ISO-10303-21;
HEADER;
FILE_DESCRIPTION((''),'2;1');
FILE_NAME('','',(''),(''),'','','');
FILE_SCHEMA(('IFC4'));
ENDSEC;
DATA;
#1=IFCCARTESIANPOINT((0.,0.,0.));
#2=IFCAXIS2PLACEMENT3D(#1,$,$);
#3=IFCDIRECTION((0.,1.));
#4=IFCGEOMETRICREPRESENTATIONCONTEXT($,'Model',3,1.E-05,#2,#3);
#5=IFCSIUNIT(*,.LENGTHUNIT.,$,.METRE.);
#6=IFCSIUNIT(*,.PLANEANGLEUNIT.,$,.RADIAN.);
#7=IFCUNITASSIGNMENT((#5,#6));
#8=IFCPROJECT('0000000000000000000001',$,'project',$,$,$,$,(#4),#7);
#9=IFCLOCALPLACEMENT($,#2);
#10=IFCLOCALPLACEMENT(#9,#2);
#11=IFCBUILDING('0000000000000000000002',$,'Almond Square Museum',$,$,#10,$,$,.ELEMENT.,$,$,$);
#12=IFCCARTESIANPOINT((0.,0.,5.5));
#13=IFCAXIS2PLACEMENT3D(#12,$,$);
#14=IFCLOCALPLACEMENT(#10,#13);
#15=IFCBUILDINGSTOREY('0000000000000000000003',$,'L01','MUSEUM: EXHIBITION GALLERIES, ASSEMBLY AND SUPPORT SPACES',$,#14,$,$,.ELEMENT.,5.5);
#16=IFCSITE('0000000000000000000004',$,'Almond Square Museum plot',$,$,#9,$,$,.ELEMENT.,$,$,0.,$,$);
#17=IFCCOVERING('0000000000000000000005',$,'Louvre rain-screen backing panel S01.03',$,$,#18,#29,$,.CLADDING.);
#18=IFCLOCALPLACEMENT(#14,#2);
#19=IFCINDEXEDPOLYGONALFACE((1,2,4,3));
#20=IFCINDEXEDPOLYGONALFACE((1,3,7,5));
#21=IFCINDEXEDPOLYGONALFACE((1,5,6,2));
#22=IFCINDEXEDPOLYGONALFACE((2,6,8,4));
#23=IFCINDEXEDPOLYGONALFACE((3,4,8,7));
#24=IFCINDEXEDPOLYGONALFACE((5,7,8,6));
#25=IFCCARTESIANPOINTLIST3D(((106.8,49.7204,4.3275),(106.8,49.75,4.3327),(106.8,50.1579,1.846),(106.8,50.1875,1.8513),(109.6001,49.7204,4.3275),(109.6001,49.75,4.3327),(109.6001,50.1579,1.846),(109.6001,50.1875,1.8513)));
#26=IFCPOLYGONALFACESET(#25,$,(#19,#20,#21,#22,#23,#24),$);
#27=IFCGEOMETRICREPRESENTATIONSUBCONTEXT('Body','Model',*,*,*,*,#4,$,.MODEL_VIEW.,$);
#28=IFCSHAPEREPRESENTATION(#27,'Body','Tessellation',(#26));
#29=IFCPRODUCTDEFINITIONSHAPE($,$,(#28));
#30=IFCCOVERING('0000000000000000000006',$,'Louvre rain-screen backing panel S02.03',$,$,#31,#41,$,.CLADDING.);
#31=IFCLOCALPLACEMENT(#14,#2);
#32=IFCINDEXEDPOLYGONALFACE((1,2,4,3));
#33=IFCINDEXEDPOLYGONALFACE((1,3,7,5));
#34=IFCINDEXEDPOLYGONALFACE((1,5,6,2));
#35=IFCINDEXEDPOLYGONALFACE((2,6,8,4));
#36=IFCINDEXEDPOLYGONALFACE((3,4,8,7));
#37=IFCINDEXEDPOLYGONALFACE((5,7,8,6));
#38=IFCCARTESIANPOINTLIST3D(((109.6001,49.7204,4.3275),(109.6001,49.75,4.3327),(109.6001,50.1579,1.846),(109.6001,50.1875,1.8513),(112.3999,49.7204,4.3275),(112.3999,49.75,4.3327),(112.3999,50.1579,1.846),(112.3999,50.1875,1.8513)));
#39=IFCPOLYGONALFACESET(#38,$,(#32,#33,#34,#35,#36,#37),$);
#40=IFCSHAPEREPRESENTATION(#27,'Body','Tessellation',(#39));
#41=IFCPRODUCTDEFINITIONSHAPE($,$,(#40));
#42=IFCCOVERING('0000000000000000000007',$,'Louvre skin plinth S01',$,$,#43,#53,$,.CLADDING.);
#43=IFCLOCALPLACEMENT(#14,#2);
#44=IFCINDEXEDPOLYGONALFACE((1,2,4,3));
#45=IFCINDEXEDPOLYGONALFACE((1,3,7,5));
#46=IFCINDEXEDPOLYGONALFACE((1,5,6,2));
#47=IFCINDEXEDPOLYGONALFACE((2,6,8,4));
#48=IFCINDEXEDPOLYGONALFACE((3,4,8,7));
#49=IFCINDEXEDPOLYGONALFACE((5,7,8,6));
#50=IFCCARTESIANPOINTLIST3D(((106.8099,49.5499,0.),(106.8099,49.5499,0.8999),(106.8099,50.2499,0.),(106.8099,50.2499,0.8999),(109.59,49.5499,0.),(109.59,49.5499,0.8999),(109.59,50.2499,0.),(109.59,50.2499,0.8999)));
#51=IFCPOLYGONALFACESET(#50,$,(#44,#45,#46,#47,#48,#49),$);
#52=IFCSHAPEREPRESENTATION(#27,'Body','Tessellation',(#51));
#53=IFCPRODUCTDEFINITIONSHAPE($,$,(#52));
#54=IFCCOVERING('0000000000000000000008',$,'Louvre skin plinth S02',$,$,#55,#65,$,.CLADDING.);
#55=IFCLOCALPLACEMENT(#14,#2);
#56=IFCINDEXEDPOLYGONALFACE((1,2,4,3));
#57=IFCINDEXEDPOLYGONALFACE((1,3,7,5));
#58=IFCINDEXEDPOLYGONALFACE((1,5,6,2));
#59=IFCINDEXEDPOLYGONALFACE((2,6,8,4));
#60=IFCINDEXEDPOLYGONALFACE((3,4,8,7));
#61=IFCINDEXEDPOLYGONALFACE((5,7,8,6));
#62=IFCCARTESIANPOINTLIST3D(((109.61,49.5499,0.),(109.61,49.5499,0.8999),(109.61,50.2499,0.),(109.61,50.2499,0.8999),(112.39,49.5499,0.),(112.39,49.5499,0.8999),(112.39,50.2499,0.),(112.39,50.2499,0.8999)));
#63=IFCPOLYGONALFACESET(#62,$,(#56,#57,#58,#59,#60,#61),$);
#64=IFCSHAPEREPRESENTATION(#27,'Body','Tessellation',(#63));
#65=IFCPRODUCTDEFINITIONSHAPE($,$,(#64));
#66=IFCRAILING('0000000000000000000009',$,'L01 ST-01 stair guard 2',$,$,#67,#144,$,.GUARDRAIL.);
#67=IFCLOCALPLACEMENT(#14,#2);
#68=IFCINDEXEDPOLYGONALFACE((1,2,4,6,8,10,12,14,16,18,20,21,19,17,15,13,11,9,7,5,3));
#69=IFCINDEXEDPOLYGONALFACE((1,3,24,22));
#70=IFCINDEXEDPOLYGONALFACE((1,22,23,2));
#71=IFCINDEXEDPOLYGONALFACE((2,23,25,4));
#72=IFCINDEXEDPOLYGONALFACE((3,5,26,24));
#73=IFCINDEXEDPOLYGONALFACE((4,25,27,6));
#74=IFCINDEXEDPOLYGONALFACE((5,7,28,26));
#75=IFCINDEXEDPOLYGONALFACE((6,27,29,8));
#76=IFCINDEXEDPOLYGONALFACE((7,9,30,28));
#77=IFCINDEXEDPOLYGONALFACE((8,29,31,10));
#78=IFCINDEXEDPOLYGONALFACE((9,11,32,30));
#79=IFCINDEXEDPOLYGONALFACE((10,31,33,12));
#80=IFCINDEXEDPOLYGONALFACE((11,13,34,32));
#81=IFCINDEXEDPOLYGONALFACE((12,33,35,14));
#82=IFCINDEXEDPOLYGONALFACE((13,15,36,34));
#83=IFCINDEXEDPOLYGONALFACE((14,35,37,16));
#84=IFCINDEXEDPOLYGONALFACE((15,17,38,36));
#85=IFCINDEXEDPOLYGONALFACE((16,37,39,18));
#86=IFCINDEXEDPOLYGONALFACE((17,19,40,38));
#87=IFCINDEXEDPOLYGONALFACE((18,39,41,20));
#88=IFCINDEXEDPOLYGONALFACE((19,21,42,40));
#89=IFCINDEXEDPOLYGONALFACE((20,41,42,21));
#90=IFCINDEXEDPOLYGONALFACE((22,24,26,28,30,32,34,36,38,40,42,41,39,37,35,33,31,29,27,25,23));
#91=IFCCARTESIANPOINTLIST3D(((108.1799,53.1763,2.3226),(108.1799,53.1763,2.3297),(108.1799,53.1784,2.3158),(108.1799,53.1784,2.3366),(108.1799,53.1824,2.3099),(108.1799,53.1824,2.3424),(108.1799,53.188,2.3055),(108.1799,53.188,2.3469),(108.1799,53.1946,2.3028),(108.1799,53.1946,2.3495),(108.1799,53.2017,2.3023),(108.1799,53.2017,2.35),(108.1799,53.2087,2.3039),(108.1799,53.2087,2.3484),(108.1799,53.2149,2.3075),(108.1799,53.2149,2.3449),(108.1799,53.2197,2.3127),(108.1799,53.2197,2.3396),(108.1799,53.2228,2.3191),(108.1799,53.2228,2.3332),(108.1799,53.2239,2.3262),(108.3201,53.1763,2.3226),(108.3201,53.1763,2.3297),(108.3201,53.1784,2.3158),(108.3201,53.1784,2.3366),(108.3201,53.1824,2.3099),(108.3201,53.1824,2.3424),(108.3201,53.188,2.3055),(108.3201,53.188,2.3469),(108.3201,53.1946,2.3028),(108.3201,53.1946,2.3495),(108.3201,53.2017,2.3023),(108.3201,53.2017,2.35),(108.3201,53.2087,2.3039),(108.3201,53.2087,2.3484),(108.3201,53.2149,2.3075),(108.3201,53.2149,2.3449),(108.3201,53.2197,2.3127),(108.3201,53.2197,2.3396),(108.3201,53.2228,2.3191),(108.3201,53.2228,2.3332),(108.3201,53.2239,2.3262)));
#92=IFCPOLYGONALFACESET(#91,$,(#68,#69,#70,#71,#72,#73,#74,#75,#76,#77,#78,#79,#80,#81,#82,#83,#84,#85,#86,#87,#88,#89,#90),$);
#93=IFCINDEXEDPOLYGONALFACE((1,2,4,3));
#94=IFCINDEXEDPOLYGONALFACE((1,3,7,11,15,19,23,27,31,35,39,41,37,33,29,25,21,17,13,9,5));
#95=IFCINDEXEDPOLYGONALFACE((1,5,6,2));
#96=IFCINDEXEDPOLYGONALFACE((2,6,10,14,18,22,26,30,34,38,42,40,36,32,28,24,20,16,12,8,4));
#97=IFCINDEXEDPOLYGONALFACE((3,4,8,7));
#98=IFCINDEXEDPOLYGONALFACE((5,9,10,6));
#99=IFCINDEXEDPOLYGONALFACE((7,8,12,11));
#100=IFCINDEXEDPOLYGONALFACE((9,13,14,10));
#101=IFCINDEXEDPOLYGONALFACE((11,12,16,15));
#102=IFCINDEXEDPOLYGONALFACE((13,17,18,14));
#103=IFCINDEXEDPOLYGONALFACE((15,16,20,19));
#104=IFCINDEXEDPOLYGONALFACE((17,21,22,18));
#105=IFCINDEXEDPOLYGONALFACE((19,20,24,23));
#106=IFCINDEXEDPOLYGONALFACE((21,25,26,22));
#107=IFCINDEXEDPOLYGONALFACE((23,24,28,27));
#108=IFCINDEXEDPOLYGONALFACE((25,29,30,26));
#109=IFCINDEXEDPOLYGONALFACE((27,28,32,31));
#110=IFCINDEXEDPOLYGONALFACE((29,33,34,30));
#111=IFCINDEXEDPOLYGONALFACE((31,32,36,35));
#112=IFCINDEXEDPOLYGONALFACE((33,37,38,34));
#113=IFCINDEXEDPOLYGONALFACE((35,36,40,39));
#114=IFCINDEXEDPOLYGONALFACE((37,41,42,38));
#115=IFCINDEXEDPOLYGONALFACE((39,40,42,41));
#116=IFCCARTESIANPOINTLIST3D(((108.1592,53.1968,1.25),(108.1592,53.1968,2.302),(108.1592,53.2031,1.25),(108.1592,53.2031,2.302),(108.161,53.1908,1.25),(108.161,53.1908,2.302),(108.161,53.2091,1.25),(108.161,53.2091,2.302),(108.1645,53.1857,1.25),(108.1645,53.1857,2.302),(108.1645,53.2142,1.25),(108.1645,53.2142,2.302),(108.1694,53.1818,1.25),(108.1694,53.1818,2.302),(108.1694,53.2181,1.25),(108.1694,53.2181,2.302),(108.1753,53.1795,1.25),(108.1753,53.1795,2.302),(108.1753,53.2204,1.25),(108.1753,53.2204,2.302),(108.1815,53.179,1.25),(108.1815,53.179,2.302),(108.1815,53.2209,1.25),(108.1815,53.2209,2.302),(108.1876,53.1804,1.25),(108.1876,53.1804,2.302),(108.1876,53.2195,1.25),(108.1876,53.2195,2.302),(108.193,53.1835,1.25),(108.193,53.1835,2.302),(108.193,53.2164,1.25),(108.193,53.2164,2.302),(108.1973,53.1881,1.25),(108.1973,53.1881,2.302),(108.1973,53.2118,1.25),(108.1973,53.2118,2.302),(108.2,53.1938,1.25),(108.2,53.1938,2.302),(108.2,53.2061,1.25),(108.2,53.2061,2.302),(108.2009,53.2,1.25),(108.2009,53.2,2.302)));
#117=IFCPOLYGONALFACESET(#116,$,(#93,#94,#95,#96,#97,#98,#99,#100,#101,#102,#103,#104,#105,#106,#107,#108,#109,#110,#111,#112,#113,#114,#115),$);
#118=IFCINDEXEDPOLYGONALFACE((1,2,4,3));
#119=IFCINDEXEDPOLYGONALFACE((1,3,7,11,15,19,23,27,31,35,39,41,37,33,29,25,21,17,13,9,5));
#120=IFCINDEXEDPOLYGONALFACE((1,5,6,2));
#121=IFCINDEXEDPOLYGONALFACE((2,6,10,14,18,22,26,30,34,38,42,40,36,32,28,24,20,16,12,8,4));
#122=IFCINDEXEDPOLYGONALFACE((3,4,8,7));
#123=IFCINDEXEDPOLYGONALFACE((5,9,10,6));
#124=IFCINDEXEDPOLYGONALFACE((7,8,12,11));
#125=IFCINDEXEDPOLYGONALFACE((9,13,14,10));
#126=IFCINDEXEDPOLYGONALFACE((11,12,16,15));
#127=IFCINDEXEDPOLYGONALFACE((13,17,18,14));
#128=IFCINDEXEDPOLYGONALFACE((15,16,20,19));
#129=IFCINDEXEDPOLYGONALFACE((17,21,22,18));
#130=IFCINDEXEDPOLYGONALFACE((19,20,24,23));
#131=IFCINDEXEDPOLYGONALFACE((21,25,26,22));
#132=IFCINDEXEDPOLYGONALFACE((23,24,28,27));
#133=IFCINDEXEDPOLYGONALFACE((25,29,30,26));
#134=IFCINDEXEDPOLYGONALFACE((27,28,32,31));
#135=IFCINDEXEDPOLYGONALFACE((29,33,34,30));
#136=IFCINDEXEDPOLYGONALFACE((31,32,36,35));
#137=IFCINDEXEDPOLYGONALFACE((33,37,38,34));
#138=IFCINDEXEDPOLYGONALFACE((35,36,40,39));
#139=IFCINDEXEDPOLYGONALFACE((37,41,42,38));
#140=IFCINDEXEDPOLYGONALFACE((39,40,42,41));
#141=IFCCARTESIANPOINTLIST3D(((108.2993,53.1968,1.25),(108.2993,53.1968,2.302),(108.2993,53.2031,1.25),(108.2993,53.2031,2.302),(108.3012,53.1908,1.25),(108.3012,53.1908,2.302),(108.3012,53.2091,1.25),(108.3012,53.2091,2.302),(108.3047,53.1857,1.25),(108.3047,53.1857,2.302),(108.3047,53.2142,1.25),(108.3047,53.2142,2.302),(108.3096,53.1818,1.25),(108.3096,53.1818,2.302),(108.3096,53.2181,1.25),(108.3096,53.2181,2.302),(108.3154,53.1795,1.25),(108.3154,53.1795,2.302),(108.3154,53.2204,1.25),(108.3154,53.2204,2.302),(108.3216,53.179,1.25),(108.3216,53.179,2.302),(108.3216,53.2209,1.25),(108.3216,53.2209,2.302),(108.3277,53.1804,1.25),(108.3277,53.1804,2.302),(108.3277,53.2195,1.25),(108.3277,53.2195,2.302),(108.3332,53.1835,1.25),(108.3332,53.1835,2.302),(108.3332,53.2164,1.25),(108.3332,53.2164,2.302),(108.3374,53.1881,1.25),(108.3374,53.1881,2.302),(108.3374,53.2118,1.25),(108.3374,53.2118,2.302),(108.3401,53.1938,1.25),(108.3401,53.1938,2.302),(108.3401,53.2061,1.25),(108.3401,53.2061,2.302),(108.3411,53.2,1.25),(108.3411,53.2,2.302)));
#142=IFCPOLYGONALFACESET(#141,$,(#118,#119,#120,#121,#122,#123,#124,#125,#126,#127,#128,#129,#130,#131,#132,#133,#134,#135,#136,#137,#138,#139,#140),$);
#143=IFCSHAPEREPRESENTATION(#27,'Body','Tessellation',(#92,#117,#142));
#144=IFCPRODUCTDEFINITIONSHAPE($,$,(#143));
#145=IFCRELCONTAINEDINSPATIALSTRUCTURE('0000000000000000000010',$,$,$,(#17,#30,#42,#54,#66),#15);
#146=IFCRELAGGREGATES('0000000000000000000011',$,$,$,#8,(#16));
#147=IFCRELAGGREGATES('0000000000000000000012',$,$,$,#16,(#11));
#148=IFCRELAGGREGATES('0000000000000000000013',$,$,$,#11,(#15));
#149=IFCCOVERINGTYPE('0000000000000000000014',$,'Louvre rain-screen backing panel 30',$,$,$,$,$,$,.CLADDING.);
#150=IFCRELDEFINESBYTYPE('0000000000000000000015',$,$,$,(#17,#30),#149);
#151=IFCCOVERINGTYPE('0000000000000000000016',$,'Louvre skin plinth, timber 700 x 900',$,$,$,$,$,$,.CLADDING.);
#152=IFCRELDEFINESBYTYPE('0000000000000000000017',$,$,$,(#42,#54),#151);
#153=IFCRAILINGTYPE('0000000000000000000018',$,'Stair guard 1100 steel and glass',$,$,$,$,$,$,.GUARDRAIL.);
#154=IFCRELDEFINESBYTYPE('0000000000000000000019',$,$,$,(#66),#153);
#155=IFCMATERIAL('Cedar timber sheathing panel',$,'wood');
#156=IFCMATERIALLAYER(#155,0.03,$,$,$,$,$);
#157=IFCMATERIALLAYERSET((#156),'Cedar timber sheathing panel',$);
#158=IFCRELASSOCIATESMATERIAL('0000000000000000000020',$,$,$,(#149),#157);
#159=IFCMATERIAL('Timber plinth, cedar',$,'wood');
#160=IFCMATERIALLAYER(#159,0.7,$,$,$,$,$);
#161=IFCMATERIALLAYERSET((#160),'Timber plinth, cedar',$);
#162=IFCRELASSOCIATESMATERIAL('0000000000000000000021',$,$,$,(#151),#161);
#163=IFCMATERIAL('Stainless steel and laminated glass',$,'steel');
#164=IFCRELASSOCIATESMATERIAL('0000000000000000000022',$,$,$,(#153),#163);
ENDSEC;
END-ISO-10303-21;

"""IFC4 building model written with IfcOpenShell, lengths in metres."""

from ifc_helpers import new_model, si_unit, direction, frame, origin, origin_2d, place, context, subcontext, project, spatial, polyline, rectangle, circle, outline, extrude, material, layer, layer_set, type_object, element, save


model = new_model("IFC4")

# Units and contexts
model_context = context("Model", 3, precision=1e-05, world=origin(), true_north=direction((0.0, 1.0)))
body_context = subcontext(model_context, "Body", "Model", "MODEL_VIEW")
ifc_project = project(units=[si_unit("LENGTHUNIT", "METRE"), si_unit("PLANEANGLEUNIT", "RADIAN")], contexts=[model_context])

# Site, building, storey
site_placement = place(None, origin())
site = spatial("IfcSite", under=ifc_project, at=site_placement, Name="Almond Square Museum plot", CompositionType="ELEMENT", RefElevation=0.0)
building_placement = place(site_placement, origin())
building = spatial("IfcBuilding", under=site, at=building_placement, Name="Almond Square Museum", CompositionType="ELEMENT")
storey_placement = place(building_placement, frame((0.0, 0.0, 5.5)))
storey = spatial("IfcBuildingStorey", under=building, at=storey_placement, Name="L01", Description="MUSEUM: EXHIBITION GALLERIES, ASSEMBLY AND SUPPORT SPACES", CompositionType="ELEMENT", Elevation=5.5)

# Coverings
ifc_material_1 = material(Name="Cedar timber sheathing panel", Category="wood")
ifc_layer_1 = layer(ifc_material_1, 0.03)
ifc_layer_set_1 = layer_set([ifc_layer_1], Name="Cedar timber sheathing panel")
covering_type_1 = type_object("IfcCoveringType", Name="Louvre rain-screen backing panel 30", PredefinedType="CLADDING", material=ifc_layer_set_1)
covering_1_placement = place(storey_placement, frame((106.8, 50.1726, 1.8486), z_axis=(0.0, -0.984811, -0.173631), x_axis=(1.0, 0.0, 0.0)))
element("IfcCovering", 1, at=covering_1_placement, inside=storey, type_object=covering_type_1, Name="Louvre rain-screen backing panel S01.03", PredefinedType="CLADDING", context=body_context, shape_type="SweptSolid", body=[
    extrude(outline(polyline([(0.0, 0.0), (2.8, 0.0), (2.8, 2.5197), (0.0, 2.5197), (0.0, 0.0)])), frame((0.0, 0.0, -0.0151)), (0.0, 0.0, 1.0), 0.03),
])
covering_2_placement = place(storey_placement, frame((109.6001, 50.1726, 1.8486), z_axis=(0.0, -0.984811, -0.173631), x_axis=(1.0, 0.0, 0.0)))
element("IfcCovering", 2, at=covering_2_placement, inside=storey, type_object=covering_type_1, Name="Louvre rain-screen backing panel S02.03", PredefinedType="CLADDING", context=body_context, shape_type="SweptSolid", body=[
    extrude(outline(polyline([(0.0, 0.0), (2.7998, 0.0), (2.7998, 2.5197), (0.0, 2.5197), (0.0, 0.0)])), frame((0.0, 0.0, -0.0151)), (0.0, 0.0, 1.0), 0.03),
])
ifc_material_2 = material(Name="Timber plinth, cedar", Category="wood")
ifc_layer_2 = layer(ifc_material_2, 0.7)
ifc_layer_set_2 = layer_set([ifc_layer_2], Name="Timber plinth, cedar")
covering_type_2 = type_object("IfcCoveringType", Name="Louvre skin plinth, timber 700 x 900", PredefinedType="CLADDING", material=ifc_layer_set_2)
for number, where, z_axis, x_axis, name in (
    (3, (108.2, 49.8999, 0.0), (0.0, 0.0, 1.0), (1.0, 0.0, 0.0), "Louvre skin plinth S01"),
    (4, (111.0, 49.8999, 0.0), (0.0, 0.0, 1.0), (1.0, 0.0, 0.0), "Louvre skin plinth S02"),
):
    element("IfcCovering", number, at=place(storey_placement, frame(where, z_axis=z_axis, x_axis=x_axis)), inside=storey, type_object=covering_type_2, Name=name, PredefinedType="CLADDING", context=body_context, shape_type="SweptSolid", body=[
        extrude(rectangle(XDim=2.78, YDim=0.7, at=origin_2d()), origin(), (0.0, 0.0, 1.0), 0.8999),
    ])

# Railing
ifc_material_3 = material(Name="Stainless steel and laminated glass", Category="steel")
railing_type = type_object("IfcRailingType", Name="Stair guard 1100 steel and glass", PredefinedType="GUARDRAIL", material=ifc_material_3)
railing_1_placement = place(storey_placement, frame((108.1799, 53.2, 1.25)))
element("IfcRailing", 5, at=railing_1_placement, inside=storey, type_object=railing_type, Name="L01 ST-01 stair guard 2", PredefinedType="GUARDRAIL", context=body_context, shape_type="SweptSolid", body=[
    extrude(circle(Radius=0.0239, at=origin_2d()), frame((0.0, 0.0, 1.0762), z_axis=(1.0, 0.0, 0.0), x_axis=(0.0, 1.0, 0.0)), (0.0, 0.0, 1.0), 0.1401),
    extrude(circle(Radius=0.021, at=origin_2d()), origin(), (0.0, 0.0, 1.0), 1.052),
    extrude(circle(Radius=0.021, at=origin_2d()), frame((0.1401, 0.0, 0.0)), (0.0, 0.0, 1.0), 1.052),
])

save(model, "model.ifc")
